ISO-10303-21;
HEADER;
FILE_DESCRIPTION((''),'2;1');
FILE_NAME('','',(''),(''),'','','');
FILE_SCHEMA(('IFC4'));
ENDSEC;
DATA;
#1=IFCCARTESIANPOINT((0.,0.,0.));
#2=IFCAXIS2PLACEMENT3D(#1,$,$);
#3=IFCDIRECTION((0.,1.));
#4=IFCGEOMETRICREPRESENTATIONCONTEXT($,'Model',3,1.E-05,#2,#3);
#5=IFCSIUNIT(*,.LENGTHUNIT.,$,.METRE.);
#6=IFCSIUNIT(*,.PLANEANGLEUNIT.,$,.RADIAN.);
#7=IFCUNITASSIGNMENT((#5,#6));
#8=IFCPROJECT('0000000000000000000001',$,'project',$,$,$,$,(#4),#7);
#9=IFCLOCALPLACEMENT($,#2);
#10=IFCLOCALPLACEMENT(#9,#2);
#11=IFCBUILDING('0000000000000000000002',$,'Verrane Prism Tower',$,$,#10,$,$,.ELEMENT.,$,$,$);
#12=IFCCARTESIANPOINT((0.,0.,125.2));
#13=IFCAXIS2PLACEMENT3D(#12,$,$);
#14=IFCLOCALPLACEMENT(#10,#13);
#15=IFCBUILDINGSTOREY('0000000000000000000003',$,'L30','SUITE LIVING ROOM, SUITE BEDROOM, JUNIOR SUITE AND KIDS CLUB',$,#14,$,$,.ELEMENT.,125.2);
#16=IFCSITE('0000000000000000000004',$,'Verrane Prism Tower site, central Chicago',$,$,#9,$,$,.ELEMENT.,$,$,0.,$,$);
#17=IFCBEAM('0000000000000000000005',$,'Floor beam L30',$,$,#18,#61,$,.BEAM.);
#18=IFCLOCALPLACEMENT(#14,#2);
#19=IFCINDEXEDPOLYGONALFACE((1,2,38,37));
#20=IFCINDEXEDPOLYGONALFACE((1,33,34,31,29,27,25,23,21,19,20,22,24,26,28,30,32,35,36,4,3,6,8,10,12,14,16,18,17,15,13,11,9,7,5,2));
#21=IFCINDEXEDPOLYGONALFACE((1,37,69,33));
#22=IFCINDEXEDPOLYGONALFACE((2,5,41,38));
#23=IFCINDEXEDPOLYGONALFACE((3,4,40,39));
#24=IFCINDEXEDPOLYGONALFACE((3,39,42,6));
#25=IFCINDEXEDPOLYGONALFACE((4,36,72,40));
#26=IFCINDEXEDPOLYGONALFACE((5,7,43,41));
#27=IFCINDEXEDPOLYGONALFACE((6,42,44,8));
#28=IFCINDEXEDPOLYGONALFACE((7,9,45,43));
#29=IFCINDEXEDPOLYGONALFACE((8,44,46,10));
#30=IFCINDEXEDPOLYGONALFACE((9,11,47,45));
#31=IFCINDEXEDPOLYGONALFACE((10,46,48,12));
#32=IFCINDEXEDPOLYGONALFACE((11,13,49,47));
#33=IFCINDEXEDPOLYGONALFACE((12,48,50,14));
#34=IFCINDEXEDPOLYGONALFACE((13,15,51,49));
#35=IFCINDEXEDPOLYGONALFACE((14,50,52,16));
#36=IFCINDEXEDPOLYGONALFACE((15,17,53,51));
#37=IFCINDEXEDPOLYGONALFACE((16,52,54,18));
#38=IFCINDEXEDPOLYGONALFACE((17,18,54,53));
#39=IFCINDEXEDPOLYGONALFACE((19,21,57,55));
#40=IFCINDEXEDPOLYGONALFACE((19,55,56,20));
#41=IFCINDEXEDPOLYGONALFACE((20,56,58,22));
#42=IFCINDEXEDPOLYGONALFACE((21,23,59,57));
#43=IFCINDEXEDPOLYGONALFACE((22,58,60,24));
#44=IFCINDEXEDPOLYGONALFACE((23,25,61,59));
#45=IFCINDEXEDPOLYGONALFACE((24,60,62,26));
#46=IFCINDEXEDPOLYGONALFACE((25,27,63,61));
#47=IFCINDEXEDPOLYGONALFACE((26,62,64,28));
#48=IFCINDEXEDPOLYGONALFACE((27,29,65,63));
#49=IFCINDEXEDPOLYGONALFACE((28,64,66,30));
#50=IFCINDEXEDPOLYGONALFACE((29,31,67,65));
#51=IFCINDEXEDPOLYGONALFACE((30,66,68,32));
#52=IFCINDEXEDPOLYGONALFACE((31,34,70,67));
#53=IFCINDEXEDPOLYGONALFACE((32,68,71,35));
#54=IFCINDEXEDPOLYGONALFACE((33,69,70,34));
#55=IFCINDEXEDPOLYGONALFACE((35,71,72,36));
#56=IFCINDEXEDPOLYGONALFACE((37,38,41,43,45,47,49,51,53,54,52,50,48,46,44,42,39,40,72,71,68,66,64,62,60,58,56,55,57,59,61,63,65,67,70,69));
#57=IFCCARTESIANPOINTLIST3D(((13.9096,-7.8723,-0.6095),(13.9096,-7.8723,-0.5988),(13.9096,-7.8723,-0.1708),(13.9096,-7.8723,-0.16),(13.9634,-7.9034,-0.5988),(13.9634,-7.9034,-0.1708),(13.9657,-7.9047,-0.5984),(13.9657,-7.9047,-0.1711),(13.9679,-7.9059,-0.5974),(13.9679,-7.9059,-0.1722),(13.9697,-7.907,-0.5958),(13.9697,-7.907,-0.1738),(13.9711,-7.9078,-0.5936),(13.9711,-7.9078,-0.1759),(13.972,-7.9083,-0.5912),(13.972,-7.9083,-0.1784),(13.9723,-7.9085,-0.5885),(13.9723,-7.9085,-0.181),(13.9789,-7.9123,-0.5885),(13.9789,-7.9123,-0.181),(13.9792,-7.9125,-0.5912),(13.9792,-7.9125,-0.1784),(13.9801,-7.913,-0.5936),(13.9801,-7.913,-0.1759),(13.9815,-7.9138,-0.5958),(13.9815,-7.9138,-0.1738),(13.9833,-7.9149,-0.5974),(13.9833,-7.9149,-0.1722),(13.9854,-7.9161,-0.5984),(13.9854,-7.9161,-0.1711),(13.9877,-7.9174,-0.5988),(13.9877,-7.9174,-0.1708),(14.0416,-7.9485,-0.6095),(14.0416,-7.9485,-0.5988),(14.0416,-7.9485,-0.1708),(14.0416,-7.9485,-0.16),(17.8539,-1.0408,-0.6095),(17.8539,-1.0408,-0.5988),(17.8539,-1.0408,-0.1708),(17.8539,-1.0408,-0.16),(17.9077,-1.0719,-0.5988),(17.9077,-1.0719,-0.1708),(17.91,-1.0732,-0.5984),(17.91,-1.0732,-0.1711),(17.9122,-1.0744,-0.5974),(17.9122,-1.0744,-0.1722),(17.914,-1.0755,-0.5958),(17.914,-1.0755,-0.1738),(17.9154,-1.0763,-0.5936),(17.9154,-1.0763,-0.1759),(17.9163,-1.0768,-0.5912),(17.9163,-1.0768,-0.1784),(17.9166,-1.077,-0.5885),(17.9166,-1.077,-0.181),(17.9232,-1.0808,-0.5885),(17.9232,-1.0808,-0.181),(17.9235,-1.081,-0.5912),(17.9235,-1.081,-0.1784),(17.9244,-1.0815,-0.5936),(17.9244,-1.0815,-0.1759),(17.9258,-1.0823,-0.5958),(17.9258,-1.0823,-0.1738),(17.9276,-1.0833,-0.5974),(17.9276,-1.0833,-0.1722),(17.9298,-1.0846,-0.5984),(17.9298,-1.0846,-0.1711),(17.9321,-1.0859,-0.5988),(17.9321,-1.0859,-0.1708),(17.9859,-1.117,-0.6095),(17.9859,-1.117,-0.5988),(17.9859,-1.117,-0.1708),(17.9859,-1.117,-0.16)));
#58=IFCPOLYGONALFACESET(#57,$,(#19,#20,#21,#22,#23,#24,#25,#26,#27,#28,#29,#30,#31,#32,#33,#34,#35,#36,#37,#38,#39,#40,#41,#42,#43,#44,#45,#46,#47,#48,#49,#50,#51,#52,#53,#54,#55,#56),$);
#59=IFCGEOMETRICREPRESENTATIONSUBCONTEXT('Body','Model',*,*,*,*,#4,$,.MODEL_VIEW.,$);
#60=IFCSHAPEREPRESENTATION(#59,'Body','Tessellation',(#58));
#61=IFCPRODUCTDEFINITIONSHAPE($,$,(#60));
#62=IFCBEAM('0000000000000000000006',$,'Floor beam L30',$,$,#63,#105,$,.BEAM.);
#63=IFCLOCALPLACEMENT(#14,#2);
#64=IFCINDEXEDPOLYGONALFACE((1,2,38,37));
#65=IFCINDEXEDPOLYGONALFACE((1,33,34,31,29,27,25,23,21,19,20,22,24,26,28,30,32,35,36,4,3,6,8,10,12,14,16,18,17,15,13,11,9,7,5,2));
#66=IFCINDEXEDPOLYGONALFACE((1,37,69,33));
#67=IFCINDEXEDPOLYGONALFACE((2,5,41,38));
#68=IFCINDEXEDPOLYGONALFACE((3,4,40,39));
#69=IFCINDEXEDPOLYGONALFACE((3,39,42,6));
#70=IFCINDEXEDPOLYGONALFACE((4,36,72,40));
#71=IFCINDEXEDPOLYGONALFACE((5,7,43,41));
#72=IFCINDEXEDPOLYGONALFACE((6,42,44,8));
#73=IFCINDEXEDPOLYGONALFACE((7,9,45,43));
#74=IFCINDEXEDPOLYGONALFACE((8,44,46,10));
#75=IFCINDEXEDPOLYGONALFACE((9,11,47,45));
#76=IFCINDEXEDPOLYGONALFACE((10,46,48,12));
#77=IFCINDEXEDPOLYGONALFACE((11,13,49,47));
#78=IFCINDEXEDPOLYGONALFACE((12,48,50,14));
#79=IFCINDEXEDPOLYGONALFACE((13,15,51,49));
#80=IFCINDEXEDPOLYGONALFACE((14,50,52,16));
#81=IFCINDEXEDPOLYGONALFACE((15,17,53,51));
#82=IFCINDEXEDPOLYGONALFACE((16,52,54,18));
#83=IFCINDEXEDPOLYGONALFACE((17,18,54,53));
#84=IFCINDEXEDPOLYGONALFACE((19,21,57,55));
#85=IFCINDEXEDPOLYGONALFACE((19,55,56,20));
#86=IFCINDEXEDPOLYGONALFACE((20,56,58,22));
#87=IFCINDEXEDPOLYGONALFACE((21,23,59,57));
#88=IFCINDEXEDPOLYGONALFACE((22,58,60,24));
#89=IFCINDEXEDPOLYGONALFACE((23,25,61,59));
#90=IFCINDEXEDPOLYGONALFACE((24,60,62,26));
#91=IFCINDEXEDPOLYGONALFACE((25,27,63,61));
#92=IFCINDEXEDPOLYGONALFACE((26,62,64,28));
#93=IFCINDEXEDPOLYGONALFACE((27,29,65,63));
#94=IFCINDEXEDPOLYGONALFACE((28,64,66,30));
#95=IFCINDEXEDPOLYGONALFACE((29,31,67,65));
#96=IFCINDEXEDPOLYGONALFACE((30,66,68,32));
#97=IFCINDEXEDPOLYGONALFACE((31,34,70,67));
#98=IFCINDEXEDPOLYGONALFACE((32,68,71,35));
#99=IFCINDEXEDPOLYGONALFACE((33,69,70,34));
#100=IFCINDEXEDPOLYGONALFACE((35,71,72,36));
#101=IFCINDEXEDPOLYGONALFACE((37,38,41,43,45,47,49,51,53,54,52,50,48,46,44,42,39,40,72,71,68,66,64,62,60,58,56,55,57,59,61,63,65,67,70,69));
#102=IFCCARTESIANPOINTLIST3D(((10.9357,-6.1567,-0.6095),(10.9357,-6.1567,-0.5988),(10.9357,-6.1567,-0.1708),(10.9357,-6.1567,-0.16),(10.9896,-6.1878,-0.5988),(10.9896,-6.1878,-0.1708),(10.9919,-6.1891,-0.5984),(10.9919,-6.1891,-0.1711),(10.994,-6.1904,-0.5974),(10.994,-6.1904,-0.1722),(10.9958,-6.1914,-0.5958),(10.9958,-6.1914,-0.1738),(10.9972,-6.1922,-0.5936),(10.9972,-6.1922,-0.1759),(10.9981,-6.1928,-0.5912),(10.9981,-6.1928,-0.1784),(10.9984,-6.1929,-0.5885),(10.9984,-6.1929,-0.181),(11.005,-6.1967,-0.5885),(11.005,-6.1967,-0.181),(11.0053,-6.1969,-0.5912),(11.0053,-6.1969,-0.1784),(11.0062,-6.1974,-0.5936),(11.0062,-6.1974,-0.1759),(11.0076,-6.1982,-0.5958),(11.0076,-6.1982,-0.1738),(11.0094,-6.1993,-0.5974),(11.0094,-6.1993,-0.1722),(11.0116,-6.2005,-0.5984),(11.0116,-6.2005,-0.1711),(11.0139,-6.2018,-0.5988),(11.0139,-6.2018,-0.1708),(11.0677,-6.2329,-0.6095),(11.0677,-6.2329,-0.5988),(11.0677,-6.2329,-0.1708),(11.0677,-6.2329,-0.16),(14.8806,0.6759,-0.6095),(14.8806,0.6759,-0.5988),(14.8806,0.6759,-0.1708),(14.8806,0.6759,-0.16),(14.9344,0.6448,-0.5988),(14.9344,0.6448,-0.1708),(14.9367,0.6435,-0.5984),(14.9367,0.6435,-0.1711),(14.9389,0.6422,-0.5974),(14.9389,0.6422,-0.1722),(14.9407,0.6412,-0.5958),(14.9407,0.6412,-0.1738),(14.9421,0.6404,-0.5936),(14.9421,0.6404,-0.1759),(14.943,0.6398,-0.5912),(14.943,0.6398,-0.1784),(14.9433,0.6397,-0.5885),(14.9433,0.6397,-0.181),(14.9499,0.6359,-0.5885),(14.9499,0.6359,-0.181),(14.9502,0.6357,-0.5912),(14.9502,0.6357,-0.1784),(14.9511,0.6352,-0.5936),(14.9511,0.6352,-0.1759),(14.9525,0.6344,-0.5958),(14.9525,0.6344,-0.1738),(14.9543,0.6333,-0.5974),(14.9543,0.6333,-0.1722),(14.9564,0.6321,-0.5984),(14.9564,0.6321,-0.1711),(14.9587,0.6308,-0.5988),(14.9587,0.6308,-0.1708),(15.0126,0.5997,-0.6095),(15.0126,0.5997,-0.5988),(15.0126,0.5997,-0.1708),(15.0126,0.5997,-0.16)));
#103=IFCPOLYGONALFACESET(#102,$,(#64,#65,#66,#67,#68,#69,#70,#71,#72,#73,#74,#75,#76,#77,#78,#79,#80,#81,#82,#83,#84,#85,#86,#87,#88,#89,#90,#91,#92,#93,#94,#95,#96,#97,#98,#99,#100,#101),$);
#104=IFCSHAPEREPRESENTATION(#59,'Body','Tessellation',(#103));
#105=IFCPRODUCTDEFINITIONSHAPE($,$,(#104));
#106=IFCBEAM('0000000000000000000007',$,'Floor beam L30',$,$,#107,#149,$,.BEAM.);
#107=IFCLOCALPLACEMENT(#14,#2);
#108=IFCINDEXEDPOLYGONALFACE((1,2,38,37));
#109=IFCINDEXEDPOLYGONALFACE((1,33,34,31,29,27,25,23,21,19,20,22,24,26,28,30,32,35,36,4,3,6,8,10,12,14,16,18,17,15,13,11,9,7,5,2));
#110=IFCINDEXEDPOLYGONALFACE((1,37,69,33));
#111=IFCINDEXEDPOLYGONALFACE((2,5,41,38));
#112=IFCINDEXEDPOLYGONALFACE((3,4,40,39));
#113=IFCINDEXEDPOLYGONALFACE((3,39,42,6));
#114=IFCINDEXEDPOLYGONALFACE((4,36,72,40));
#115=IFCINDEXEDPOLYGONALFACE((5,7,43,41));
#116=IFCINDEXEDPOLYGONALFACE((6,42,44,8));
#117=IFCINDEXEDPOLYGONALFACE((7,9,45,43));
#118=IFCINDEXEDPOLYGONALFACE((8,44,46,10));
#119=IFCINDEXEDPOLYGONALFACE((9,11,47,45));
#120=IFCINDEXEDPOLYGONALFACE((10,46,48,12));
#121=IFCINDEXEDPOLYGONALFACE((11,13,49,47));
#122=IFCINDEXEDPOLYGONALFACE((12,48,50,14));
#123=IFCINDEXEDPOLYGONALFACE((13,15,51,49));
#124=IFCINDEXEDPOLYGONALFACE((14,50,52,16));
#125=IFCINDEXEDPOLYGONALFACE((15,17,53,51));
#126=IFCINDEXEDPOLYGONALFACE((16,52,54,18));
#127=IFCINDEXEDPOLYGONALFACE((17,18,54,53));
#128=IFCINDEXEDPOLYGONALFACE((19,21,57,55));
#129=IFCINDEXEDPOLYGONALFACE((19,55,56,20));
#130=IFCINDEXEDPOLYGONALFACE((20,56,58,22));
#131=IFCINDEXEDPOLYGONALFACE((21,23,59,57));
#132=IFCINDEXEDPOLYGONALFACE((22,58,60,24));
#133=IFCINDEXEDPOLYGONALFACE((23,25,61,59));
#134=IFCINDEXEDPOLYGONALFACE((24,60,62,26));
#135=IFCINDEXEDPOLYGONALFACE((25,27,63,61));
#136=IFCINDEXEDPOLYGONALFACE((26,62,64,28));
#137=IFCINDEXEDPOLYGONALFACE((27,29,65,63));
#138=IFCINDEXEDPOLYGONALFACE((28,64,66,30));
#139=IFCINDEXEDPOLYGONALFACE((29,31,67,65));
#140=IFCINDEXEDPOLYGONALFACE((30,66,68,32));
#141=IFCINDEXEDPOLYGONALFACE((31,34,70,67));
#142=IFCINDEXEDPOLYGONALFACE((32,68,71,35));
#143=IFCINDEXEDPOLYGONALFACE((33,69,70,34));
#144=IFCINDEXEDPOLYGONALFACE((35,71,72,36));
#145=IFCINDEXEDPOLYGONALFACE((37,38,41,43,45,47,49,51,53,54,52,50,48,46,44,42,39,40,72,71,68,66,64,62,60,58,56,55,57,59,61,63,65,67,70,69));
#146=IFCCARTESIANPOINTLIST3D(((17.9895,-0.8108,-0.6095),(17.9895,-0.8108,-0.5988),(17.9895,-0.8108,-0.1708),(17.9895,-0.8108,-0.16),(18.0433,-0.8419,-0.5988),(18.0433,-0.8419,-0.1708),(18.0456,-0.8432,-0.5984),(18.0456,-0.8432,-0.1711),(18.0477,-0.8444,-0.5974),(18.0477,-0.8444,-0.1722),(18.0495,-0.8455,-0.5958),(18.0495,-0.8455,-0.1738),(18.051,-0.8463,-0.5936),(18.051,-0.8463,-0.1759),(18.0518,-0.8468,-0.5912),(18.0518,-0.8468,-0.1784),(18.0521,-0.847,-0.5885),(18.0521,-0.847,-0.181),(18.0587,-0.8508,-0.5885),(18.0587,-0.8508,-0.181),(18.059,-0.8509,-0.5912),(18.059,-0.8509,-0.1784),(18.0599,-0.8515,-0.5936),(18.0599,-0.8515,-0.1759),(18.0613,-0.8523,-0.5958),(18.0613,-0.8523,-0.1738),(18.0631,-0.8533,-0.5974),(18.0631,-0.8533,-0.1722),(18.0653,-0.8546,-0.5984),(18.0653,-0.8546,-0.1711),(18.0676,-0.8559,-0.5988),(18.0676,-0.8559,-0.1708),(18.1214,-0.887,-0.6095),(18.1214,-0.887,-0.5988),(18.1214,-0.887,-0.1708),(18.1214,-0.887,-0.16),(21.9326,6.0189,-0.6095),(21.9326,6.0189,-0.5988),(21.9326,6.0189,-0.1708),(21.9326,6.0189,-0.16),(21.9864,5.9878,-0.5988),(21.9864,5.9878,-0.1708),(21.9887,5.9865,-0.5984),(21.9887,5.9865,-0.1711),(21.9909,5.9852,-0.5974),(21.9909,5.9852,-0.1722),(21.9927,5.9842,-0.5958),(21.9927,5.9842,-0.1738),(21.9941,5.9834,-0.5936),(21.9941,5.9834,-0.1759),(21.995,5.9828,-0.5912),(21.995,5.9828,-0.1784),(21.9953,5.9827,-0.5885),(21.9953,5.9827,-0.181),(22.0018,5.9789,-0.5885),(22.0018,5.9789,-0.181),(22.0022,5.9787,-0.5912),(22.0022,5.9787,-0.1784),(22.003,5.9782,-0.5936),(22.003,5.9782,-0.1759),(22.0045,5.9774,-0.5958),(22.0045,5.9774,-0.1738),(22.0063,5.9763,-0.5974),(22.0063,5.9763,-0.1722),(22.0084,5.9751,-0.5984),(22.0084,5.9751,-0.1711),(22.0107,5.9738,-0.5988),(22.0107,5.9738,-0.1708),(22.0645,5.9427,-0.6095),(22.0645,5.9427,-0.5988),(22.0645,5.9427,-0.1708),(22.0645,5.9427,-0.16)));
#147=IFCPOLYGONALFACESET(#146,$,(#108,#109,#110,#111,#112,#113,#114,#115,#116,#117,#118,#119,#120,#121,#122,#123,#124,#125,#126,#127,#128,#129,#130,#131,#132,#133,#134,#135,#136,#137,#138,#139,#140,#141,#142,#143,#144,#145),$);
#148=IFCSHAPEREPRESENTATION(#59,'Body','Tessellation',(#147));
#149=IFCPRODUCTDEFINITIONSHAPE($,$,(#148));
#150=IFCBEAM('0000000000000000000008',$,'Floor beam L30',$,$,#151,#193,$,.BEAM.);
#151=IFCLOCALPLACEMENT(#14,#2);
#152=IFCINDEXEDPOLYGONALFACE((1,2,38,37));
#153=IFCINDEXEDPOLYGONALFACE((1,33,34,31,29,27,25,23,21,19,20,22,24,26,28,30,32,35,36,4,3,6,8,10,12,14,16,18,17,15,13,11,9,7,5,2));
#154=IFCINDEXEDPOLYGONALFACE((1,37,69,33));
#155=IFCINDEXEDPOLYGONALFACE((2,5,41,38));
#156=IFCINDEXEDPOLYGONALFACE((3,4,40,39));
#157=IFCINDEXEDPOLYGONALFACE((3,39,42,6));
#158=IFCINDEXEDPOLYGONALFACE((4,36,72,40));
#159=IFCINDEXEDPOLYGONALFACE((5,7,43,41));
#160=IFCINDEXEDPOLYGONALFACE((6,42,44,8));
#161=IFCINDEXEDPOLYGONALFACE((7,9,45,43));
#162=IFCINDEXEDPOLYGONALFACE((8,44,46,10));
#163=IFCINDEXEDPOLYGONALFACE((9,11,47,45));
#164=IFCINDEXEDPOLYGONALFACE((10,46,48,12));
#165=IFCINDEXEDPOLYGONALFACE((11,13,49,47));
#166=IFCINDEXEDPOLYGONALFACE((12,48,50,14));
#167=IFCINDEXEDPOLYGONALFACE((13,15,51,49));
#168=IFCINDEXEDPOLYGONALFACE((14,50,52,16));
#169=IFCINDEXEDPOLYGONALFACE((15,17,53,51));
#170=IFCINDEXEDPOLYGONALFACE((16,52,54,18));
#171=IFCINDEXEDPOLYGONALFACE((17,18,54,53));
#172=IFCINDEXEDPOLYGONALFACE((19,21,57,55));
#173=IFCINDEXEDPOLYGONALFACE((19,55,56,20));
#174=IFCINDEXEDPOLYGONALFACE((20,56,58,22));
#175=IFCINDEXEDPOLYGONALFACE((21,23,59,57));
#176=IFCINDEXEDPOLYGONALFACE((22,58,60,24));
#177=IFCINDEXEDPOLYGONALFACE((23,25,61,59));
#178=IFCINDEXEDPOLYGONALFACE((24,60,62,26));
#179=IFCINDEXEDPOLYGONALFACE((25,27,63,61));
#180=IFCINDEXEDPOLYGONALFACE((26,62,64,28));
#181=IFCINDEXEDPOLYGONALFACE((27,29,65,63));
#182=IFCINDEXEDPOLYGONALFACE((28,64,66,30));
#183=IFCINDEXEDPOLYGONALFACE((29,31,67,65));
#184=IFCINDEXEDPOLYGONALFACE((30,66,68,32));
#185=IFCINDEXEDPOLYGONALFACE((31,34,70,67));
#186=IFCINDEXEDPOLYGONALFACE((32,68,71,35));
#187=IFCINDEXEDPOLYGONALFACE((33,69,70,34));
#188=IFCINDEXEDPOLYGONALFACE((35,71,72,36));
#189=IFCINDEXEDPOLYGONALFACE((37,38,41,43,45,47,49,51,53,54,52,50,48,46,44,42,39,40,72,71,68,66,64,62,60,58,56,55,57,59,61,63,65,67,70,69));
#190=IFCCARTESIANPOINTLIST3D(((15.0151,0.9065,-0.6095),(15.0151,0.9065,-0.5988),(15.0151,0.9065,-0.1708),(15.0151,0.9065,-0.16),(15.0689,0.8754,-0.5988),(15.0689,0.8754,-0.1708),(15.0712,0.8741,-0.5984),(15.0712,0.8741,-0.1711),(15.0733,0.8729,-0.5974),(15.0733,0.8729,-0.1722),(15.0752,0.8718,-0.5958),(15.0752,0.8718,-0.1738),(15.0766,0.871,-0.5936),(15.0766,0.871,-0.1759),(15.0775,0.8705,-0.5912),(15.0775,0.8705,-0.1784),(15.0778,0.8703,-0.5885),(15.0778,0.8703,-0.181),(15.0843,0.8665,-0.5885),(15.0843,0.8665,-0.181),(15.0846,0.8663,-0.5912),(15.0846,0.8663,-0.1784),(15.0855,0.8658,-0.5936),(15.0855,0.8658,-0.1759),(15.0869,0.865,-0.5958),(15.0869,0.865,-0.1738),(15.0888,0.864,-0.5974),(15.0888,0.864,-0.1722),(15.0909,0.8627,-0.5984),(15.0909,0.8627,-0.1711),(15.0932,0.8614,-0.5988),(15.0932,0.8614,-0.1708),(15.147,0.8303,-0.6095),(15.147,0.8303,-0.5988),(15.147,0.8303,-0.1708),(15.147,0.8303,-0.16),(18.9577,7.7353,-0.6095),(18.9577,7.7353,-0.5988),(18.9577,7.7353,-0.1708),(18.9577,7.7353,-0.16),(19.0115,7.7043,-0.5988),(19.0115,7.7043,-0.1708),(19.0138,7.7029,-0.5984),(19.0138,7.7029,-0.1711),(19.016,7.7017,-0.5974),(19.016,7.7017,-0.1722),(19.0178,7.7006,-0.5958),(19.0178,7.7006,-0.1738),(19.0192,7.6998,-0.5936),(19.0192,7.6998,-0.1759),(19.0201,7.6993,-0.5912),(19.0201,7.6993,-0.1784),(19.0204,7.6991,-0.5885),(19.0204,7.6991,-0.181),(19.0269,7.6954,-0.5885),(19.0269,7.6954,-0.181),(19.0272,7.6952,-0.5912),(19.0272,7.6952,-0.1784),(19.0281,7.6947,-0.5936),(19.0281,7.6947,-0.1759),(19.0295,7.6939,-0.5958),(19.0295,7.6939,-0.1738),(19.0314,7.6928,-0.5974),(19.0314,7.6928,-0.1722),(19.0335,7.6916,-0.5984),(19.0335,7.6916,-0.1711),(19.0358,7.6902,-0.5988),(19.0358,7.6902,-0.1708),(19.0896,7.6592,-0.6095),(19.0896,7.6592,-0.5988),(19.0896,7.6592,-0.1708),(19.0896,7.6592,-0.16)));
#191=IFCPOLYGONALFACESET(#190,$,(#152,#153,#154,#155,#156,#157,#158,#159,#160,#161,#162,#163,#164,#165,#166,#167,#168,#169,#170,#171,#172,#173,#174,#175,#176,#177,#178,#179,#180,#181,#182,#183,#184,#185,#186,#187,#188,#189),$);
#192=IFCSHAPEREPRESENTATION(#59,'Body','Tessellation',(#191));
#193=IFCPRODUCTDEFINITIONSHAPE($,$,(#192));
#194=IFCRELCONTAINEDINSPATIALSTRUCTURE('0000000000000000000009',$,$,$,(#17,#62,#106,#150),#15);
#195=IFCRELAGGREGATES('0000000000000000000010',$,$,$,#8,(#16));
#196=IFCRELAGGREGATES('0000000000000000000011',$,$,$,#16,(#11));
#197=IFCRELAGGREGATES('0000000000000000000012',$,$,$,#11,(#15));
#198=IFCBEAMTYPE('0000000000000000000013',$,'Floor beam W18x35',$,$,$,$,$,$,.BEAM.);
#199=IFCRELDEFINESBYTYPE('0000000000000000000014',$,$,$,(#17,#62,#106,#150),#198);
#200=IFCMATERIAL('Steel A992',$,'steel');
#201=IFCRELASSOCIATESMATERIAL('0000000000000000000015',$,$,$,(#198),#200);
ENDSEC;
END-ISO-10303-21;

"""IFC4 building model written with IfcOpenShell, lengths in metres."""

from ifc_helpers import new_model, si_unit, direction, frame, origin, origin_2d, place, context, subcontext, project, spatial, i_section, extrude, material, material_profile, profile_set, type_object, element, save


model = new_model("IFC4")

# Units and contexts
model_context = context("Model", 3, precision=1e-05, world=origin(), true_north=direction((0.0, 1.0)))
body_context = subcontext(model_context, "Body", "Model", "MODEL_VIEW")
ifc_project = project(units=[si_unit("LENGTHUNIT", "METRE"), si_unit("PLANEANGLEUNIT", "RADIAN")], contexts=[model_context])

# Site, building, storey
site_placement = place(None, origin())
site = spatial("IfcSite", under=ifc_project, at=site_placement, Name="Verrane Prism Tower site, central Chicago", CompositionType="ELEMENT", RefElevation=0.0)
building_placement = place(site_placement, origin())
building = spatial("IfcBuilding", under=site, at=building_placement, Name="Verrane Prism Tower", CompositionType="ELEMENT")
storey_placement = place(building_placement, frame((0.0, 0.0, 125.2)))
storey = spatial("IfcBuildingStorey", under=building, at=storey_placement, Name="L30", Description="SUITE LIVING ROOM, SUITE BEDROOM, JUNIOR SUITE AND KIDS CLUB", CompositionType="ELEMENT", Elevation=125.2)

# Beams
ifc_material_1 = material(Name="Steel A992", Category="steel")
ifc_material_profile_1 = material_profile(ifc_material_1, i_section(OverallWidth=0.1523, OverallDepth=0.4495, WebThickness=0.0076, FlangeThickness=0.0107, FilletRadius=0.0103, at=origin_2d()), Name="W18x35")
ifc_profile_set_1 = profile_set([ifc_material_profile_1], Name="Steel A992")
beam_type_1 = type_object("IfcBeamType", Name="Floor beam W18x35", PredefinedType="BEAM", material=ifc_profile_set_1)
beam_1_placement = place(storey_placement, frame((13.9756, -7.9104, -0.3848), z_axis=(0.500014, 0.866018, 0.0), x_axis=(-0.866018, 0.500014, 0.0)))
element("IfcBeam", 1, at=beam_1_placement, inside=storey, type_object=beam_type_1, Name="Floor beam L30", PredefinedType="BEAM", context=body_context, shape_type="SweptSolid", body=[
    extrude(i_section(OverallWidth=0.1523, OverallDepth=0.4495, WebThickness=0.0076, FlangeThickness=0.0107, FilletRadius=0.0103, at=origin_2d()), origin(), (0.0, 0.0, 1.0), 7.8884),
])
beam_2_placement = place(storey_placement, frame((11.0017, -6.1948, -0.3848), z_axis=(0.500006, 0.866022, 0.0), x_axis=(-0.866022, 0.500006, 0.0)))
element("IfcBeam", 2, at=beam_2_placement, inside=storey, type_object=beam_type_1, Name="Floor beam L30", PredefinedType="BEAM", context=body_context, shape_type="SweptSolid", body=[
    extrude(i_section(OverallWidth=0.1523, OverallDepth=0.4495, WebThickness=0.0076, FlangeThickness=0.0107, FilletRadius=0.0103, at=origin_2d()), origin(), (0.0, 0.0, 1.0), 7.8896),
])
beam_3_placement = place(storey_placement, frame((18.0554, -0.8489, -0.3848), z_axis=(0.500005, 0.866023, 0.0), x_axis=(-0.866023, 0.500005, 0.0)))
element("IfcBeam", 3, at=beam_3_placement, inside=storey, type_object=beam_type_1, Name="Floor beam L30", PredefinedType="BEAM", context=body_context, shape_type="SweptSolid", body=[
    extrude(i_section(OverallWidth=0.1523, OverallDepth=0.4495, WebThickness=0.0076, FlangeThickness=0.0107, FilletRadius=0.0103, at=origin_2d()), origin(), (0.0, 0.0, 1.0), 7.8862),
])
beam_4_placement = place(storey_placement, frame((15.0811, 0.8684, -0.3848), z_axis=(0.499999, 0.866026, 0.0), x_axis=(-0.866026, 0.499999, 0.0)))
element("IfcBeam", 4, at=beam_4_placement, inside=storey, type_object=beam_type_1, Name="Floor beam L30", PredefinedType="BEAM", context=body_context, shape_type="SweptSolid", body=[
    extrude(i_section(OverallWidth=0.1523, OverallDepth=0.4495, WebThickness=0.0076, FlangeThickness=0.0107, FilletRadius=0.0103, at=origin_2d()), origin(), (0.0, 0.0, 1.0), 7.8853),
])

save(model, "model.ifc")
